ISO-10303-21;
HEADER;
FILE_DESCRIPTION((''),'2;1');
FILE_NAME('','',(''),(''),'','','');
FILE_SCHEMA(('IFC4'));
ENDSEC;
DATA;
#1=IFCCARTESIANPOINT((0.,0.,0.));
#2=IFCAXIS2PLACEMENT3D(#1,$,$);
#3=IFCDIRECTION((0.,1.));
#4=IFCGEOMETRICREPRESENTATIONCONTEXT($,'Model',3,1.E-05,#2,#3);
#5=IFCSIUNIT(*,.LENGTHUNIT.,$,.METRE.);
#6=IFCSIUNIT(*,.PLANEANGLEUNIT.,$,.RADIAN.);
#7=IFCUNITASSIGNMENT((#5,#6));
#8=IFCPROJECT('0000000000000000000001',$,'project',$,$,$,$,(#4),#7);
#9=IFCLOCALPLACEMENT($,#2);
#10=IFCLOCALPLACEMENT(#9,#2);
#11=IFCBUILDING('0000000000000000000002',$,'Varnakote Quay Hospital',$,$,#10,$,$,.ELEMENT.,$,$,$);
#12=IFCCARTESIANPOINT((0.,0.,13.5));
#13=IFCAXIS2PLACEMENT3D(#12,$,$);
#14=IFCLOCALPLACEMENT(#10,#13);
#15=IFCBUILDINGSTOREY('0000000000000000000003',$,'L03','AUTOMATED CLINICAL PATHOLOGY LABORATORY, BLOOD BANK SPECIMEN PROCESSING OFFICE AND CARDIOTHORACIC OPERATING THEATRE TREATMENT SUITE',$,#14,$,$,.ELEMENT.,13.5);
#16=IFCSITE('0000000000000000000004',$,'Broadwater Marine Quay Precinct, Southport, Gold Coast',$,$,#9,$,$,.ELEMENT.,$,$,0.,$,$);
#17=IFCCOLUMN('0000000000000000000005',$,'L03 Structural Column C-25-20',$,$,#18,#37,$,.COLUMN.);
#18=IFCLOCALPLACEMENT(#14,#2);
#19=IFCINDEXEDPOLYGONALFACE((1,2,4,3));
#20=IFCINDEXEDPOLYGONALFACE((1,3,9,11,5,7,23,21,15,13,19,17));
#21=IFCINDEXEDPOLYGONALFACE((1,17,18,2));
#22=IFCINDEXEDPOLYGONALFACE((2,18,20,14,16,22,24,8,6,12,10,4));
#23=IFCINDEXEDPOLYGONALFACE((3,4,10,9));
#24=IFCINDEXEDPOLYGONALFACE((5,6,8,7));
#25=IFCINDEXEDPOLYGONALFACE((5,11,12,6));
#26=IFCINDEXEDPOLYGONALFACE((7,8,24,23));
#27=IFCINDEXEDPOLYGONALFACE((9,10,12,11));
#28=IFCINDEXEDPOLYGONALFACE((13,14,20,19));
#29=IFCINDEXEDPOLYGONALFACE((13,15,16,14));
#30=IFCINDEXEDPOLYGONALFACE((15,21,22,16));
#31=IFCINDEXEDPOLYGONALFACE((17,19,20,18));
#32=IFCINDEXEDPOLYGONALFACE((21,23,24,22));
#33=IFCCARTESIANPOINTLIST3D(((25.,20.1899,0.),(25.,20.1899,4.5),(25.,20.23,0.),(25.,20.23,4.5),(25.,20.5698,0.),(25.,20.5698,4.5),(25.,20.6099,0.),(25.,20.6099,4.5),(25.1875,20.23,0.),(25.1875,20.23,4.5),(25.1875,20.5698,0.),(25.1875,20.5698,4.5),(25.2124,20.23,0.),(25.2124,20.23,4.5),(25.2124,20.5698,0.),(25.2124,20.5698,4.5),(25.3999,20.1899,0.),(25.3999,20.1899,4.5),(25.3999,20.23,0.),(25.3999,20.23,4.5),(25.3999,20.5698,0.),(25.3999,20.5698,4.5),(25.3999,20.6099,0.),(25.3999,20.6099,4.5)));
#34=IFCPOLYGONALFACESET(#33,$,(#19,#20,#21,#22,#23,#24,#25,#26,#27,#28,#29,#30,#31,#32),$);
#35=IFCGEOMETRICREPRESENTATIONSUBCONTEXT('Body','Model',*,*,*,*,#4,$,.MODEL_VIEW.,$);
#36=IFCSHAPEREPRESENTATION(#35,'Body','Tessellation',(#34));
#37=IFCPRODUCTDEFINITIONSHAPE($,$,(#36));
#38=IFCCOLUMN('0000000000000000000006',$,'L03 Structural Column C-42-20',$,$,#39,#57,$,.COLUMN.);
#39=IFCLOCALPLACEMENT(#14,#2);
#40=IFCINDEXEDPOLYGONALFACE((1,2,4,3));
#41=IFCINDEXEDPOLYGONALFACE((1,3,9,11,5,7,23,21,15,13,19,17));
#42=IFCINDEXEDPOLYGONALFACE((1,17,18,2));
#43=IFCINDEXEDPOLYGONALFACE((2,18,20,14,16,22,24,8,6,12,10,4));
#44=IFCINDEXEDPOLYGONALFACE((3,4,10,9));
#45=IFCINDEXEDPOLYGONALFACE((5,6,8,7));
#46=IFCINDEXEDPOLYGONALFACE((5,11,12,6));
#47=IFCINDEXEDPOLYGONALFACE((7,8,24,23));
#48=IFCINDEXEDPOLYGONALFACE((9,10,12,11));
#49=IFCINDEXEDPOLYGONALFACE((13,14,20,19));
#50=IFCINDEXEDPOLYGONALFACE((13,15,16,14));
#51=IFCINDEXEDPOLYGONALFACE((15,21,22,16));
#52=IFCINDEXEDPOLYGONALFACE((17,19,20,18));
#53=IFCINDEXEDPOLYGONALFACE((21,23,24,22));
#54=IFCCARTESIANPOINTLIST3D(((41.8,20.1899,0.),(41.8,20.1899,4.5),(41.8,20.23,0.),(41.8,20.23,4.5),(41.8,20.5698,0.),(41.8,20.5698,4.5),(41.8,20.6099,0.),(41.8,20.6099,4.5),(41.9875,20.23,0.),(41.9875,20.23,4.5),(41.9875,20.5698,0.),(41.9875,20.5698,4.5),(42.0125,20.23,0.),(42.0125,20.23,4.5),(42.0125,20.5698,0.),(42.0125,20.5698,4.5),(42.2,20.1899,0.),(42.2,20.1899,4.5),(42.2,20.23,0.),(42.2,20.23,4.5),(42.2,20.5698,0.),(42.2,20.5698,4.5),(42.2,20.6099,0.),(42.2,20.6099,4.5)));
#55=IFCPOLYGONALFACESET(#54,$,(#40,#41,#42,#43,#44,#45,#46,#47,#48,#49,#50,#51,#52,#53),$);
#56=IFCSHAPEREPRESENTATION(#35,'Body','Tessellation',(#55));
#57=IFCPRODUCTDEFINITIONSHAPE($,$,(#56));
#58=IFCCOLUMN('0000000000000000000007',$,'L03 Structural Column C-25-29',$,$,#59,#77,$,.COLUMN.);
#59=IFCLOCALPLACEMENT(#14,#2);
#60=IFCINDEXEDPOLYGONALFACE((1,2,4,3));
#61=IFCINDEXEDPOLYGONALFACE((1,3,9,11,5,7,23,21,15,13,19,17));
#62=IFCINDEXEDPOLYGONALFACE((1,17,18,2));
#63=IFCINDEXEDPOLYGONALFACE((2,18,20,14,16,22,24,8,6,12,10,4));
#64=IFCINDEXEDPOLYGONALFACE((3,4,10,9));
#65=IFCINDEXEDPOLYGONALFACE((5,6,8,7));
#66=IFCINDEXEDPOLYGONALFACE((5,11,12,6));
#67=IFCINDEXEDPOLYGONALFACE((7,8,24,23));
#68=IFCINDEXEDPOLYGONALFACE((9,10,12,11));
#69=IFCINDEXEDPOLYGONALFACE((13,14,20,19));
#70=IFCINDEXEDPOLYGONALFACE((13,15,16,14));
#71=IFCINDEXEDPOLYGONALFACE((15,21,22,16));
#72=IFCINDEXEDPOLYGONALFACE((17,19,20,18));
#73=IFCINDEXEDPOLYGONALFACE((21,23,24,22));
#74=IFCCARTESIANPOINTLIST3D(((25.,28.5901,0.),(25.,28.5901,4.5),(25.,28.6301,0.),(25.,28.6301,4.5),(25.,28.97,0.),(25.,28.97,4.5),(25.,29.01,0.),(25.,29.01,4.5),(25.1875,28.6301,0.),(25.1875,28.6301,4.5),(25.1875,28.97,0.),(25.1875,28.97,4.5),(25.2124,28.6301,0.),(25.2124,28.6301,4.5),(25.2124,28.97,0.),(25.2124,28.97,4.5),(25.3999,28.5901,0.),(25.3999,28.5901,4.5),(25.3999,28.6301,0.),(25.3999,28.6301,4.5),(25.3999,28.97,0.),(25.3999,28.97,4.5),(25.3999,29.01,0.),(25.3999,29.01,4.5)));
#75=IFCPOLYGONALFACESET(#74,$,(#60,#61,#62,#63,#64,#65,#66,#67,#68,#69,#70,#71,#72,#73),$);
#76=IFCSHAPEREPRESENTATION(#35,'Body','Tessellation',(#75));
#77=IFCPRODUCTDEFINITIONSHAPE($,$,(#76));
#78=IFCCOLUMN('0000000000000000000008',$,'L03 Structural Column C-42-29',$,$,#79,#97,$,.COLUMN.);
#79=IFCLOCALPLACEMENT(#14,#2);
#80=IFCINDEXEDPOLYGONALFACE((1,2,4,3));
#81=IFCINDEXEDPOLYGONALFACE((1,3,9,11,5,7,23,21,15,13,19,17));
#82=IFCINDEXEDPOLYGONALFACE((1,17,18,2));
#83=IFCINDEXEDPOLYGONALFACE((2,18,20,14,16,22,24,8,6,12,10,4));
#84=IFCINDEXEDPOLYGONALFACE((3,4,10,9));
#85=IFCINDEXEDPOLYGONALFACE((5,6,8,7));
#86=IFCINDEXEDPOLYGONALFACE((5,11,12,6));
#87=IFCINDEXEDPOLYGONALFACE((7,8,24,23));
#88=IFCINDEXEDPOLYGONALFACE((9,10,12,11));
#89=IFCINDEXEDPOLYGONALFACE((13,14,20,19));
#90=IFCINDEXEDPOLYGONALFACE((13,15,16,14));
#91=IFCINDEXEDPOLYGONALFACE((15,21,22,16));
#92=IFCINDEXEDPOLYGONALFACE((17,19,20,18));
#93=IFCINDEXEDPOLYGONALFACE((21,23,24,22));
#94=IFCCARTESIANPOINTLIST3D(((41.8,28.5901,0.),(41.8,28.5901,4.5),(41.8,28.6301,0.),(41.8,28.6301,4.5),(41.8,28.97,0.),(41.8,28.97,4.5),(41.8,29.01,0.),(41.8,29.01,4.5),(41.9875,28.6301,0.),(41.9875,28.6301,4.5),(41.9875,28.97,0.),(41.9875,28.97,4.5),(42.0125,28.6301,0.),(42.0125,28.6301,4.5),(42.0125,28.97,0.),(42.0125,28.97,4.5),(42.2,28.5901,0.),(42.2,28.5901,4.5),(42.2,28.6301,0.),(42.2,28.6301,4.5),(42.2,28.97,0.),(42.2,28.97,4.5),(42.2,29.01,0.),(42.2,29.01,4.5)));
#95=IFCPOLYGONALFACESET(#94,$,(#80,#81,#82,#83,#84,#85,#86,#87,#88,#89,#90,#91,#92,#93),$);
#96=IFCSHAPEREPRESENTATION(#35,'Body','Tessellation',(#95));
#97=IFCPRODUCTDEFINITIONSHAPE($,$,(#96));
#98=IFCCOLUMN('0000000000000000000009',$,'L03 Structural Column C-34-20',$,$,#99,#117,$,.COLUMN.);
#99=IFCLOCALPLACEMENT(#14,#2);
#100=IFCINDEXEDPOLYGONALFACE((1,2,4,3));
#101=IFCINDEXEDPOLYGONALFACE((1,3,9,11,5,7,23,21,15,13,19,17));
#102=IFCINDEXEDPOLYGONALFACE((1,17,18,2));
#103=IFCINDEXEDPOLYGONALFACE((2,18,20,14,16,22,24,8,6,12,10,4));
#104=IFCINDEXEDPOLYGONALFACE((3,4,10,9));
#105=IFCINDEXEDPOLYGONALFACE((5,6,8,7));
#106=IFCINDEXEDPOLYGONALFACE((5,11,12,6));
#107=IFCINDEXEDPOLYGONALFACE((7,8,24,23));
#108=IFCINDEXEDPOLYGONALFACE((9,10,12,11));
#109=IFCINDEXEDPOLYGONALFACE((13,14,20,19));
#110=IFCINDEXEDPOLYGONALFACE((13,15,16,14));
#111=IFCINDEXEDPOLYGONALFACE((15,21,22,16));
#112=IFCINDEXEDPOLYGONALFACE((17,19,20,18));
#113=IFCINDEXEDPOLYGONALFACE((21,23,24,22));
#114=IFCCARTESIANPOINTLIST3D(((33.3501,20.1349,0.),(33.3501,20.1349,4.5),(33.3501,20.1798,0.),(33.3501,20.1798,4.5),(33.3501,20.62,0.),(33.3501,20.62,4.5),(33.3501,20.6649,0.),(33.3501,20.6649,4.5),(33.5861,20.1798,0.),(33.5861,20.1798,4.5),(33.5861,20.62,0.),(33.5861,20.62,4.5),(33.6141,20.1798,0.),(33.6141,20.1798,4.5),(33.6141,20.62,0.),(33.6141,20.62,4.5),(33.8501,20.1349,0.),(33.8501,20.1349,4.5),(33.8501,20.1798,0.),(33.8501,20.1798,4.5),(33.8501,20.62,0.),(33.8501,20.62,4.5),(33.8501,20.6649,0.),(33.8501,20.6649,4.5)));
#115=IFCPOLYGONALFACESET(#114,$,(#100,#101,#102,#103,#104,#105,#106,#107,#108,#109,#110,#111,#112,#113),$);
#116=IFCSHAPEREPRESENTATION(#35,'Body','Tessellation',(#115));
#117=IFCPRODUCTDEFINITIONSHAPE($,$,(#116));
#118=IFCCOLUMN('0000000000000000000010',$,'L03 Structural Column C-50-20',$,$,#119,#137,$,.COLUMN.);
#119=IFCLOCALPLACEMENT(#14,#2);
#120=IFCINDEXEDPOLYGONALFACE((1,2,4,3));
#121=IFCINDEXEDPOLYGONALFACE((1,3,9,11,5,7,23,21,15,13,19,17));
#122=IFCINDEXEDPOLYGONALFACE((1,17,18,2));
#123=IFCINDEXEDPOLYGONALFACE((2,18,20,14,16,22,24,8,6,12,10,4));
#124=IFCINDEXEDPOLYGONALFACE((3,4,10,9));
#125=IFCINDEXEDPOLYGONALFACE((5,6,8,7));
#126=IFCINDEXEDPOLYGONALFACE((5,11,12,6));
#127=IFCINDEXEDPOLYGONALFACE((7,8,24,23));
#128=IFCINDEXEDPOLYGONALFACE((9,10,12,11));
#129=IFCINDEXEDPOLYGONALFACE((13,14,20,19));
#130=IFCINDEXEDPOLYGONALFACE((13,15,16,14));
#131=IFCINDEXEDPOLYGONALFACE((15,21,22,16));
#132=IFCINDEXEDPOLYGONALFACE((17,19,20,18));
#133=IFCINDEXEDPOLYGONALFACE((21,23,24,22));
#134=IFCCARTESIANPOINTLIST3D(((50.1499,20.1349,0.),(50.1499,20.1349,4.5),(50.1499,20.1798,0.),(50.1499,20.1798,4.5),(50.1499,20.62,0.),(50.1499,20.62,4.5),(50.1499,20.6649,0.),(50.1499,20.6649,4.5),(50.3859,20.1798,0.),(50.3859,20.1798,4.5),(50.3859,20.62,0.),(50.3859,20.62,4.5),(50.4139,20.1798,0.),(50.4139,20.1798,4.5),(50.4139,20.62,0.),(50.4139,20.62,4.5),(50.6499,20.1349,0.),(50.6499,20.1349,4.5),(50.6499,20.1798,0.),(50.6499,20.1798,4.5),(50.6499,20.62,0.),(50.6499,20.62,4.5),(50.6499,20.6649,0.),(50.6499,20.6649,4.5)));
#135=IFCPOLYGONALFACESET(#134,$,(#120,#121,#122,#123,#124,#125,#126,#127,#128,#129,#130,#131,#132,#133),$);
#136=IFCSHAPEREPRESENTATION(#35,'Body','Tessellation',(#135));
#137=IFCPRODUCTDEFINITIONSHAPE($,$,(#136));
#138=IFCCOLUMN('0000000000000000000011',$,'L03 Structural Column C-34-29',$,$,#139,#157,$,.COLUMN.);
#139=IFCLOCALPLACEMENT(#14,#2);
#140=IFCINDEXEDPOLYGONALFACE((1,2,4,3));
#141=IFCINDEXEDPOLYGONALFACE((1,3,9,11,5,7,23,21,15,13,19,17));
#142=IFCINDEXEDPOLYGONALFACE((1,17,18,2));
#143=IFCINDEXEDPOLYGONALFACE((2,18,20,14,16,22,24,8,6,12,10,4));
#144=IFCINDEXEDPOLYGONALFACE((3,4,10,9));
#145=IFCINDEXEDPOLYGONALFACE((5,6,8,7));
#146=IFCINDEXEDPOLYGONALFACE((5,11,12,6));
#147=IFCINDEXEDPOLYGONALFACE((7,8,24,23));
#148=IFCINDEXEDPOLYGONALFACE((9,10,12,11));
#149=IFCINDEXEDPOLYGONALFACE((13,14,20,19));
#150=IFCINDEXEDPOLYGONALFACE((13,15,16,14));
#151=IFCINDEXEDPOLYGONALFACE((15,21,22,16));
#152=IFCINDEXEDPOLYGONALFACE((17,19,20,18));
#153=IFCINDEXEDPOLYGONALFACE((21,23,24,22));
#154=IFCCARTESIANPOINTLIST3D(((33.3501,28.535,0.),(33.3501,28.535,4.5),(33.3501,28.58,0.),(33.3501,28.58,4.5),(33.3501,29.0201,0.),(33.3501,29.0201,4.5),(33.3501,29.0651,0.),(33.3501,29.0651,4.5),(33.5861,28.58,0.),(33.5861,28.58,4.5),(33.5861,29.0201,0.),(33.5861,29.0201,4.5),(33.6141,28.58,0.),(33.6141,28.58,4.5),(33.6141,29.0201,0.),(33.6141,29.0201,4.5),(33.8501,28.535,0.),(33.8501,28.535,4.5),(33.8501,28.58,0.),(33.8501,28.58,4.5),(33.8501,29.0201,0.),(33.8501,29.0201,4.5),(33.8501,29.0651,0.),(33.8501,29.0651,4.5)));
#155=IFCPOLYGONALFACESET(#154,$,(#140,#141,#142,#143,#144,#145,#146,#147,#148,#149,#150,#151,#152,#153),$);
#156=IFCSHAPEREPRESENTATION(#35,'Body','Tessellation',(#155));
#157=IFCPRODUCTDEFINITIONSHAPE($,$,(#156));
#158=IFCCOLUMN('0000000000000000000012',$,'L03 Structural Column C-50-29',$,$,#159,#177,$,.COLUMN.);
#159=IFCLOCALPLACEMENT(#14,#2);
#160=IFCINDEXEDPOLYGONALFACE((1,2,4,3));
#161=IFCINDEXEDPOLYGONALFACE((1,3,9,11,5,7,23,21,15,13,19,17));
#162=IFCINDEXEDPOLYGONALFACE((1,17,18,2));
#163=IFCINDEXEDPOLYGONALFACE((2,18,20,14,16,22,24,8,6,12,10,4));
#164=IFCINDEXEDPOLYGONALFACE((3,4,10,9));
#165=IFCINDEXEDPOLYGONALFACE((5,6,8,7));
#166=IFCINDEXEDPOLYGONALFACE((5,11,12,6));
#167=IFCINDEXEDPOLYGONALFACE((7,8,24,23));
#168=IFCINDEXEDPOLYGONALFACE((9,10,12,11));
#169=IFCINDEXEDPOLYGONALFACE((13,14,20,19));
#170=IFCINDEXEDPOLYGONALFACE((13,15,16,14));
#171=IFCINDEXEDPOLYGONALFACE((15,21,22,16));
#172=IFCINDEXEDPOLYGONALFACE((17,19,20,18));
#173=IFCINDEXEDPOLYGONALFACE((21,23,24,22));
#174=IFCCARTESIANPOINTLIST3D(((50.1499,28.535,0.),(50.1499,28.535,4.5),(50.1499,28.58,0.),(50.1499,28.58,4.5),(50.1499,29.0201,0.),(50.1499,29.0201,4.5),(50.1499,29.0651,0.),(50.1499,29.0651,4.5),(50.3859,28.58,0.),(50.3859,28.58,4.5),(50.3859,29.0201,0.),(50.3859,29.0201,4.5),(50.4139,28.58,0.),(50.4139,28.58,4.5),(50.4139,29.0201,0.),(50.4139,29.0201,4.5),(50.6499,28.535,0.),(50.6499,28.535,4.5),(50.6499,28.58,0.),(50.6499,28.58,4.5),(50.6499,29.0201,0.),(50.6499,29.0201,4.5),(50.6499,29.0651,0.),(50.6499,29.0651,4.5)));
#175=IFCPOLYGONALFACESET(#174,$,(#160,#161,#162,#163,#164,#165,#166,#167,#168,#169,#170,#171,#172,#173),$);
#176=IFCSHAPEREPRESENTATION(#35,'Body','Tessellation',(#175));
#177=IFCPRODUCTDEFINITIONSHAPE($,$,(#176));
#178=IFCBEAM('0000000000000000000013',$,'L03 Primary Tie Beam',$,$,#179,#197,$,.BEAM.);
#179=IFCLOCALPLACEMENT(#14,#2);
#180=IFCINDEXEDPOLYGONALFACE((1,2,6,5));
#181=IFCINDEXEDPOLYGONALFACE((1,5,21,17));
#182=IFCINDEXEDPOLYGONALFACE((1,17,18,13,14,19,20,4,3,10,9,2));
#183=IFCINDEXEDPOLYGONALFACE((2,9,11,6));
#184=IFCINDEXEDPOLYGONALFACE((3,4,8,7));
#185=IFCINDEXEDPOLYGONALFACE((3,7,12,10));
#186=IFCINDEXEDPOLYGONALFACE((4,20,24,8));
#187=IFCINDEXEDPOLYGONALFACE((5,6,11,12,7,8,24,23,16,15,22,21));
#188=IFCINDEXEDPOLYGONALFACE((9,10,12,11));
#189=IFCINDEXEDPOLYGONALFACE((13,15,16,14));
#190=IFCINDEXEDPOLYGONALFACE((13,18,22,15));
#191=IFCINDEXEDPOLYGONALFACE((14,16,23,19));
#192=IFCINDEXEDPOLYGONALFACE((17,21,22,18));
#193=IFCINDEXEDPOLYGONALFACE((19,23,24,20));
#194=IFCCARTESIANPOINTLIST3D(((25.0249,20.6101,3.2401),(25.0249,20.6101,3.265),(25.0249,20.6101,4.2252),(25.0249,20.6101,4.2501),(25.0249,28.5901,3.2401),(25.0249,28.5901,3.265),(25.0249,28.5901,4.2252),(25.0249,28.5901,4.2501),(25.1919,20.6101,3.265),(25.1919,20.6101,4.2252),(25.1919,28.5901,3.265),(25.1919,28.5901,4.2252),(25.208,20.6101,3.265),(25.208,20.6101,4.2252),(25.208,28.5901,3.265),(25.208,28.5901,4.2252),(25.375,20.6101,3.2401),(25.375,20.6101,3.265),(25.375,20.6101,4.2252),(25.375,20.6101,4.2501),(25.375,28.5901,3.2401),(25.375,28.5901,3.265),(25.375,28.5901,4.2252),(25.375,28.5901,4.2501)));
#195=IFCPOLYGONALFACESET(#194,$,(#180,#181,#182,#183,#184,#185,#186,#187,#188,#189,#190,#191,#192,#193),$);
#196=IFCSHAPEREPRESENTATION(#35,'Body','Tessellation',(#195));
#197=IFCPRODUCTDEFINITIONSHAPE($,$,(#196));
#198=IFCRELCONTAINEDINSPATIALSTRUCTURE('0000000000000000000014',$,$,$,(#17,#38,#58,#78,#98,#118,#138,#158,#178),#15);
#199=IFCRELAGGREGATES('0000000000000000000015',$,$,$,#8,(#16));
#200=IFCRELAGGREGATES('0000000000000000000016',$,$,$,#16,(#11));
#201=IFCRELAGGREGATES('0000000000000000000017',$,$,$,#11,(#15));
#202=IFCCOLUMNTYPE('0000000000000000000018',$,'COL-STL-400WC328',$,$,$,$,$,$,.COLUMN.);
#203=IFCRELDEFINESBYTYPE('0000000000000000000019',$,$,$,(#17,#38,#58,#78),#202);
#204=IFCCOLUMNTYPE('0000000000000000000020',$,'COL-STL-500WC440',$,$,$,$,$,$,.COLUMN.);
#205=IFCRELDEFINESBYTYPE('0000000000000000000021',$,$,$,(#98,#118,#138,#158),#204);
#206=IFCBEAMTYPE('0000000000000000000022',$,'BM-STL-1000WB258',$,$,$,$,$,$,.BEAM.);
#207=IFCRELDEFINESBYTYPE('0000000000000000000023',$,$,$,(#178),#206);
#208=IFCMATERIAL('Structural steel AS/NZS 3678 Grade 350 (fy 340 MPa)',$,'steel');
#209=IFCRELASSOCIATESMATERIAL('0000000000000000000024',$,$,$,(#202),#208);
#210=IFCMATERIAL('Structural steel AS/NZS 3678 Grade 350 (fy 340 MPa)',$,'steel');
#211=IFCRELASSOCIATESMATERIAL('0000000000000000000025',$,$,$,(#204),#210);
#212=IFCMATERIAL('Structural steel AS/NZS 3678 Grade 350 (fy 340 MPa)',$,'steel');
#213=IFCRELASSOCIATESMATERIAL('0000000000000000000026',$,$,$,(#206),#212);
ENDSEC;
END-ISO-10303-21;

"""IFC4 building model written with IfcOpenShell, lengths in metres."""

from ifc_helpers import new_model, si_unit, direction, frame, origin, origin_2d, place, context, subcontext, project, spatial, i_section, extrude, material, material_profile, profile_set, type_object, element, save


model = new_model("IFC4")

# Units and contexts
model_context = context("Model", 3, precision=1e-05, world=origin(), true_north=direction((0.0, 1.0)))
body_context = subcontext(model_context, "Body", "Model", "MODEL_VIEW")
ifc_project = project(units=[si_unit("LENGTHUNIT", "METRE"), si_unit("PLANEANGLEUNIT", "RADIAN")], contexts=[model_context])

# Site, building, storey
site_placement = place(None, origin())
site = spatial("IfcSite", under=ifc_project, at=site_placement, Name="Broadwater Marine Quay Precinct, Southport, Gold Coast", CompositionType="ELEMENT", RefElevation=0.0)
building_placement = place(site_placement, origin())
building = spatial("IfcBuilding", under=site, at=building_placement, Name="Varnakote Quay Hospital", CompositionType="ELEMENT")
storey_placement = place(building_placement, frame((0.0, 0.0, 13.5)))
storey = spatial("IfcBuildingStorey", under=building, at=storey_placement, Name="L03", Description="AUTOMATED CLINICAL PATHOLOGY LABORATORY, BLOOD BANK SPECIMEN PROCESSING OFFICE AND CARDIOTHORACIC OPERATING THEATRE TREATMENT SUITE", CompositionType="ELEMENT", Elevation=13.5)

# Columns
ifc_material_1 = material(Name="Structural steel AS/NZS 3678 Grade 350 (fy 340 MPa)", Category="steel")
ifc_material_profile_1 = material_profile(ifc_material_1, i_section(OverallWidth=0.3999, OverallDepth=0.4199, WebThickness=0.0249, FlangeThickness=0.04, at=origin_2d()), Name="400WC328")
ifc_profile_set_1 = profile_set([ifc_material_profile_1], Name="Structural steel AS/NZS 3678 Grade 350 (fy 340 MPa)")
column_type_1 = type_object("IfcColumnType", Name="COL-STL-400WC328", PredefinedType="COLUMN", material=ifc_profile_set_1)
for number, where, z_axis, x_axis, name in (
    (1, (25.2, 20.3999, 0.0), (0.0, 0.0, 1.0), (1.0, 0.0, 0.0), "L03 Structural Column C-25-20"),
    (2, (42.0, 20.3999, 0.0), (0.0, 0.0, 1.0), (1.0, 0.0, 0.0), "L03 Structural Column C-42-20"),
    (3, (25.2, 28.8, 0.0), (0.0, 0.0, 1.0), (1.0, 0.0, 0.0), "L03 Structural Column C-25-29"),
    (4, (42.0, 28.8, 0.0), (0.0, 0.0, 1.0), (1.0, 0.0, 0.0), "L03 Structural Column C-42-29"),
):
    element("IfcColumn", number, at=place(storey_placement, frame(where, z_axis=z_axis, x_axis=x_axis)), inside=storey, type_object=column_type_1, Name=name, PredefinedType="COLUMN", context=body_context, shape_type="SweptSolid", body=[
        extrude(i_section(OverallWidth=0.3999, OverallDepth=0.4199, WebThickness=0.0249, FlangeThickness=0.04, at=origin_2d()), origin(), (0.0, 0.0, 1.0), 4.5),
    ])
ifc_material_2 = material(Name="Structural steel AS/NZS 3678 Grade 350 (fy 340 MPa)", Category="steel")
ifc_material_profile_2 = material_profile(ifc_material_2, i_section(OverallWidth=0.5, OverallDepth=0.53, WebThickness=0.0281, FlangeThickness=0.0449, at=origin_2d()), Name="500WC440")
ifc_profile_set_2 = profile_set([ifc_material_profile_2], Name="Structural steel AS/NZS 3678 Grade 350 (fy 340 MPa)")
column_type_2 = type_object("IfcColumnType", Name="COL-STL-500WC440", PredefinedType="COLUMN", material=ifc_profile_set_2)
for number, where, z_axis, x_axis, name in (
    (5, (33.6001, 20.3999, 0.0), (0.0, 0.0, 1.0), (1.0, 0.0, 0.0), "L03 Structural Column C-34-20"),
    (6, (50.3999, 20.3999, 0.0), (0.0, 0.0, 1.0), (1.0, 0.0, 0.0), "L03 Structural Column C-50-20"),
    (7, (33.6001, 28.8, 0.0), (0.0, 0.0, 1.0), (1.0, 0.0, 0.0), "L03 Structural Column C-34-29"),
    (8, (50.3999, 28.8, 0.0), (0.0, 0.0, 1.0), (1.0, 0.0, 0.0), "L03 Structural Column C-50-29"),
):
    element("IfcColumn", number, at=place(storey_placement, frame(where, z_axis=z_axis, x_axis=x_axis)), inside=storey, type_object=column_type_2, Name=name, PredefinedType="COLUMN", context=body_context, shape_type="SweptSolid", body=[
        extrude(i_section(OverallWidth=0.5, OverallDepth=0.53, WebThickness=0.0281, FlangeThickness=0.0449, at=origin_2d()), origin(), (0.0, 0.0, 1.0), 4.5),
    ])

# Beam
ifc_material_3 = material(Name="Structural steel AS/NZS 3678 Grade 350 (fy 340 MPa)", Category="steel")
ifc_material_profile_3 = material_profile(ifc_material_3, i_section(OverallWidth=0.3501, OverallDepth=1.01, WebThickness=0.0161, FlangeThickness=0.0249, at=origin_2d()), Name="1000WB258")
ifc_profile_set_3 = profile_set([ifc_material_profile_3], Name="Structural steel AS/NZS 3678 Grade 350 (fy 340 MPa)")
beam_type_1 = type_object("IfcBeamType", Name="BM-STL-1000WB258", PredefinedType="BEAM", material=ifc_profile_set_3)
for number, where, z_axis, x_axis, name in (
    (9, (25.2, 20.6101, 3.7451), (0.0, 1.0, 0.0), (-1.0, 0.0, 0.0), "L03 Primary Tie Beam"),
):
    element("IfcBeam", number, at=place(storey_placement, frame(where, z_axis=z_axis, x_axis=x_axis)), inside=storey, type_object=beam_type_1, Name=name, PredefinedType="BEAM", context=body_context, shape_type="SweptSolid", body=[
        extrude(i_section(OverallWidth=0.3501, OverallDepth=1.01, WebThickness=0.0161, FlangeThickness=0.0249, at=origin_2d()), origin(), (0.0, 0.0, 1.0), 7.98),
    ])

save(model, "model.ifc")
